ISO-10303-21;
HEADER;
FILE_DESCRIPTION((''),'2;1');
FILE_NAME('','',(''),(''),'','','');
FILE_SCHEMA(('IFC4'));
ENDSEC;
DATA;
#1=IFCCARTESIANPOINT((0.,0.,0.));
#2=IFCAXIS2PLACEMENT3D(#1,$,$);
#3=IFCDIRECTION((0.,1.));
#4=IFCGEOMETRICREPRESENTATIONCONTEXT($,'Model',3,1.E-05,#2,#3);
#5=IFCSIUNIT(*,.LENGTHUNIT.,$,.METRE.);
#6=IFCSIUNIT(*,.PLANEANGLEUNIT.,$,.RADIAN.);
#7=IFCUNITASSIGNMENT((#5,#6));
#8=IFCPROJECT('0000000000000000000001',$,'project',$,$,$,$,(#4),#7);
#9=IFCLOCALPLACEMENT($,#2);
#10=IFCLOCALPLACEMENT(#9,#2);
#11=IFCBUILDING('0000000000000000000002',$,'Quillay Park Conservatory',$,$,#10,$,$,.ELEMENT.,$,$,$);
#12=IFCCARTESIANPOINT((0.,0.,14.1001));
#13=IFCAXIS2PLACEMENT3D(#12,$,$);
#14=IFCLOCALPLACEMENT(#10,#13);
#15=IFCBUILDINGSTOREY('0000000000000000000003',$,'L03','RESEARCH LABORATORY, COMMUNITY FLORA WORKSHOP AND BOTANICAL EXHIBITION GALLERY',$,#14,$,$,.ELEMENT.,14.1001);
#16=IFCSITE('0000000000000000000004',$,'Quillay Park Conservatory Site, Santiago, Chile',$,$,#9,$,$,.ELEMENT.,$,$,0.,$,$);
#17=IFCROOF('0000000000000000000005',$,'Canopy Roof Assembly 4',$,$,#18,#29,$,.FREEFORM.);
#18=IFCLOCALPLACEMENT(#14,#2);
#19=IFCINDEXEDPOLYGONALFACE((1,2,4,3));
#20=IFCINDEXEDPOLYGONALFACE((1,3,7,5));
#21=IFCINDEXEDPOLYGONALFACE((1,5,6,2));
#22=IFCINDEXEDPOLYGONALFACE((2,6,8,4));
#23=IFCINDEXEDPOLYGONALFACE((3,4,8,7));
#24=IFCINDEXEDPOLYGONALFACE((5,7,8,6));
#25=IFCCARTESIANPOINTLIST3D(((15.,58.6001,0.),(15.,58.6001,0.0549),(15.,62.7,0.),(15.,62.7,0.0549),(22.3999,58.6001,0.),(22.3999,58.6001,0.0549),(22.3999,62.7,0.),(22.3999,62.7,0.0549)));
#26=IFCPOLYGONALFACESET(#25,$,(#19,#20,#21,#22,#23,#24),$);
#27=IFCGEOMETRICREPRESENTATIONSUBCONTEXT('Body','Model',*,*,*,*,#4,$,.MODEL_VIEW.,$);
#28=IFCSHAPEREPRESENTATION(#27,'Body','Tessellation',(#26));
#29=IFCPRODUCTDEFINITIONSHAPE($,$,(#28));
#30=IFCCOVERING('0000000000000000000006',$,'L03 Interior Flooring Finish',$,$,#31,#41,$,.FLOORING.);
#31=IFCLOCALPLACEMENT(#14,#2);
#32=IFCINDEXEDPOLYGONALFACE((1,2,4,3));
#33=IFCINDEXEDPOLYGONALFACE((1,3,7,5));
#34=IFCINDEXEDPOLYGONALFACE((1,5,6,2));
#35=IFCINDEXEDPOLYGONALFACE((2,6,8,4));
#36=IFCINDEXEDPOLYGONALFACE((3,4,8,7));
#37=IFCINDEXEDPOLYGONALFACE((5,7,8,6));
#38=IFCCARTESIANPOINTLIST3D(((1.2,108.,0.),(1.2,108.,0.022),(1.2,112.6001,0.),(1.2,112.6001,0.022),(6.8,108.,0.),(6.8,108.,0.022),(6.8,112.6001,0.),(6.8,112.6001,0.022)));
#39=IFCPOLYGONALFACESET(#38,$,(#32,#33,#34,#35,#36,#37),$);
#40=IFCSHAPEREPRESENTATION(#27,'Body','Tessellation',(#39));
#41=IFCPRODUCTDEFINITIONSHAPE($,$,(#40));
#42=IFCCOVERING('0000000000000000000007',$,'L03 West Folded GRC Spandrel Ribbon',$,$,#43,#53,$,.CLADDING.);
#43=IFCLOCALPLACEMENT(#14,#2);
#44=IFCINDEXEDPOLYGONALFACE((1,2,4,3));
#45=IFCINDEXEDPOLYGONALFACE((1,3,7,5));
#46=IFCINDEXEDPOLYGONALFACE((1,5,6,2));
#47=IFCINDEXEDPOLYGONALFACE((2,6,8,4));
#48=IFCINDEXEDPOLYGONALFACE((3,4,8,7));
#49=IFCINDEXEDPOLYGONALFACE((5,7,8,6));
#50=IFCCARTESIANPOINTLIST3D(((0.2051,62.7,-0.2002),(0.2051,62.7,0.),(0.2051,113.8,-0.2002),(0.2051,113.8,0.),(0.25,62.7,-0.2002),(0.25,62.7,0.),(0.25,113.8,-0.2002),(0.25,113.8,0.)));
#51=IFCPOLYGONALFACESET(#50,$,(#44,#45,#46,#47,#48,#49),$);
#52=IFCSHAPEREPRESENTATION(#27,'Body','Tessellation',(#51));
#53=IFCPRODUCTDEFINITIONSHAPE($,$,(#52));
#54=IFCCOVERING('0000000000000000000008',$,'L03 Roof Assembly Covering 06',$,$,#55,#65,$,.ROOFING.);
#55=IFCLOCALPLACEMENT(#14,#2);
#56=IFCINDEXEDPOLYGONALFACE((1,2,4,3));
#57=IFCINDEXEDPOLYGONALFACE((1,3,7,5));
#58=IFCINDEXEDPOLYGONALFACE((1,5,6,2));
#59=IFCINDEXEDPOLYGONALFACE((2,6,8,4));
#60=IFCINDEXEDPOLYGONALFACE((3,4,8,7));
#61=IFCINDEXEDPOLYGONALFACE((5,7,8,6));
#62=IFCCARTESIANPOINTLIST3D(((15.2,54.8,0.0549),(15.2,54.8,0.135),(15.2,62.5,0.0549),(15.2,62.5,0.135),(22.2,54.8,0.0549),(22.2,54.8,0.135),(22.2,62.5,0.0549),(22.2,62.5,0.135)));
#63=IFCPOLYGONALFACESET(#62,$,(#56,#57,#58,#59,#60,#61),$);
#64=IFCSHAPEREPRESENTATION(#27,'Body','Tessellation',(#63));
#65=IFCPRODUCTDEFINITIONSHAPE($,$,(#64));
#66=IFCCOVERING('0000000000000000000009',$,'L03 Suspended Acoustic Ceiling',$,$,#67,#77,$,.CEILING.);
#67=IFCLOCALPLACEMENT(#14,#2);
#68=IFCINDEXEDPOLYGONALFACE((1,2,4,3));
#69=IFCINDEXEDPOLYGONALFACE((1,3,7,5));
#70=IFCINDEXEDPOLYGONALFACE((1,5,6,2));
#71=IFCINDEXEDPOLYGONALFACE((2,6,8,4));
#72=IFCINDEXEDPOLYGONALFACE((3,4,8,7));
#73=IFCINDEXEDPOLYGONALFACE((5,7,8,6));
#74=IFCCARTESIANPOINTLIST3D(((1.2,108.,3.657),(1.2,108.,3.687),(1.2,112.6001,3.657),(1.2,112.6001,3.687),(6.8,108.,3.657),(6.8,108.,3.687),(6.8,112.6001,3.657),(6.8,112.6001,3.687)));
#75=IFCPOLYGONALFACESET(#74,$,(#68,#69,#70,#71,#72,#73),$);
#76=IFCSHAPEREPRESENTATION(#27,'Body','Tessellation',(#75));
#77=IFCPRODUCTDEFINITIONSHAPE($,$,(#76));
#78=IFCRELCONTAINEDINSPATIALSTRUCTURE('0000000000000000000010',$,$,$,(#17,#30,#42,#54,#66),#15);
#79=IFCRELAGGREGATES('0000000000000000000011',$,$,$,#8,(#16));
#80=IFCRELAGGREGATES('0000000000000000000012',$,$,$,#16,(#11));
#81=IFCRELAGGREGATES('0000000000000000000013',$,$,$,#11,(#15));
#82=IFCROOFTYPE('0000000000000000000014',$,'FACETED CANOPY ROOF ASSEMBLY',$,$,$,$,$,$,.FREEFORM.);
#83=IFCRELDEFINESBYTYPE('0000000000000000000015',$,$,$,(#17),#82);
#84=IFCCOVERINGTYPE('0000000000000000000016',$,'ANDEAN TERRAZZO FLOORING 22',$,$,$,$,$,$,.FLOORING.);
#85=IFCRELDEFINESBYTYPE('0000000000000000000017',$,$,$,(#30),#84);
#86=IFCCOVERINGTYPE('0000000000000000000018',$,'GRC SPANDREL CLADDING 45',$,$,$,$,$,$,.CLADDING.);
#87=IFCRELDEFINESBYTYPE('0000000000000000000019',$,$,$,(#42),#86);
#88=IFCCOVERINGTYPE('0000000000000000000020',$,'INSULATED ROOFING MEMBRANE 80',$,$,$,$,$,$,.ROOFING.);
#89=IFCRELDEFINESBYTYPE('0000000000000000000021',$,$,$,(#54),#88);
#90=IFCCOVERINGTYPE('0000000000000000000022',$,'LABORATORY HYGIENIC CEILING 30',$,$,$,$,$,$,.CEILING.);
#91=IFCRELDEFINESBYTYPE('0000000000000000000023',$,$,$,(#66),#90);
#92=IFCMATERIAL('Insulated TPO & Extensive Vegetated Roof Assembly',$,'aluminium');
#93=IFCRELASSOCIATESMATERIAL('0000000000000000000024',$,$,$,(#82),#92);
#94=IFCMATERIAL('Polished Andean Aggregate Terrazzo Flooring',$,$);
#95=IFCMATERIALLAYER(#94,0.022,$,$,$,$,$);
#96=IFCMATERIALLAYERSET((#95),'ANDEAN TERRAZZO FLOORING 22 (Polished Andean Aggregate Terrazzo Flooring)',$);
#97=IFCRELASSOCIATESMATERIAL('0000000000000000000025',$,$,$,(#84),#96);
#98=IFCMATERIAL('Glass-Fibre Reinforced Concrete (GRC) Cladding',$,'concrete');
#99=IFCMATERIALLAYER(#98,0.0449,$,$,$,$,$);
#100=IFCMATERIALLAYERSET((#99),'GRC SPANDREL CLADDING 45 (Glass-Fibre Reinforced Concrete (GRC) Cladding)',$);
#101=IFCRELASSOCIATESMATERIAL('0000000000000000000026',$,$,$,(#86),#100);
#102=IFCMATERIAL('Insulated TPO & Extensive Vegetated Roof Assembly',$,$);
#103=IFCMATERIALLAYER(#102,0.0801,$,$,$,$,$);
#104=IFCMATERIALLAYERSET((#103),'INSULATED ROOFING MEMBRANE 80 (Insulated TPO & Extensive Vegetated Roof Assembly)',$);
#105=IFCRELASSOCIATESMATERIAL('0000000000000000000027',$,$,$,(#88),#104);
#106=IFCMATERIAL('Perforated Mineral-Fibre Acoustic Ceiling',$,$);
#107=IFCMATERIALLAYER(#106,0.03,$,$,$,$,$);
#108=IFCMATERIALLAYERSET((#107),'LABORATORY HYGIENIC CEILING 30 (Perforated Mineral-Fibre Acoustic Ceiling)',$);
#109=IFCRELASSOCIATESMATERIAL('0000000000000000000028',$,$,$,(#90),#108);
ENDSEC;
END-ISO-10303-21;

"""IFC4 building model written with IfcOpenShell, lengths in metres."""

from ifc_helpers import new_model, si_unit, direction, frame, origin, place, context, subcontext, project, spatial, polyline, outline, extrude, material, layer, layer_set, type_object, element, save


model = new_model("IFC4")

# Units and contexts
model_context = context("Model", 3, precision=1e-05, world=origin(), true_north=direction((0.0, 1.0)))
body_context = subcontext(model_context, "Body", "Model", "MODEL_VIEW")
ifc_project = project(units=[si_unit("LENGTHUNIT", "METRE"), si_unit("PLANEANGLEUNIT", "RADIAN")], contexts=[model_context])

# Site, building, storey
site_placement = place(None, origin())
site = spatial("IfcSite", under=ifc_project, at=site_placement, Name="Quillay Park Conservatory Site, Santiago, Chile", CompositionType="ELEMENT", RefElevation=0.0)
building_placement = place(site_placement, origin())
building = spatial("IfcBuilding", under=site, at=building_placement, Name="Quillay Park Conservatory", CompositionType="ELEMENT")
storey_placement = place(building_placement, frame((0.0, 0.0, 14.1001)))
storey = spatial("IfcBuildingStorey", under=building, at=storey_placement, Name="L03", Description="RESEARCH LABORATORY, COMMUNITY FLORA WORKSHOP AND BOTANICAL EXHIBITION GALLERY", CompositionType="ELEMENT", Elevation=14.1001)

# Roof
ifc_material_1 = material(Name="Insulated TPO & Extensive Vegetated Roof Assembly", Category="aluminium")
roof_type = type_object("IfcRoofType", Name="FACETED CANOPY ROOF ASSEMBLY", PredefinedType="FREEFORM", material=ifc_material_1)
roof_1_placement = place(storey_placement, origin())
element("IfcRoof", 1, at=roof_1_placement, inside=storey, type_object=roof_type, Name="Canopy Roof Assembly 4", PredefinedType="FREEFORM", context=body_context, shape_type="SweptSolid", body=[
    extrude(outline(polyline([(15.0, 58.6001), (22.3999, 58.6001), (22.3999, 62.7), (15.0, 62.7), (15.0, 58.6001)])), origin(), (0.0, 0.0, 1.0), 0.0549),
])

# Coverings
ifc_material_2 = material(Name="Polished Andean Aggregate Terrazzo Flooring")
ifc_layer_1 = layer(ifc_material_2, 0.022)
ifc_layer_set_1 = layer_set([ifc_layer_1], Name="ANDEAN TERRAZZO FLOORING 22 (Polished Andean Aggregate Terrazzo Flooring)")
covering_type_1 = type_object("IfcCoveringType", Name="ANDEAN TERRAZZO FLOORING 22", PredefinedType="FLOORING", material=ifc_layer_set_1)
covering_1_placement = place(storey_placement, origin())
element("IfcCovering", 2, at=covering_1_placement, inside=storey, type_object=covering_type_1, Name="L03 Interior Flooring Finish", PredefinedType="FLOORING", context=body_context, shape_type="SweptSolid", body=[
    extrude(outline(polyline([(1.2, 108.0), (6.8, 108.0), (6.8, 112.6001), (1.2, 112.6001), (1.2, 108.0)])), origin(), (0.0, 0.0, 1.0), 0.022),
])
ifc_material_3 = material(Name="Glass-Fibre Reinforced Concrete (GRC) Cladding", Category="concrete")
ifc_layer_2 = layer(ifc_material_3, 0.0449)
ifc_layer_set_2 = layer_set([ifc_layer_2], Name="GRC SPANDREL CLADDING 45 (Glass-Fibre Reinforced Concrete (GRC) Cladding)")
covering_type_2 = type_object("IfcCoveringType", Name="GRC SPANDREL CLADDING 45", PredefinedType="CLADDING", material=ifc_layer_set_2)
covering_2_placement = place(storey_placement, frame((0.0, 0.0, -0.2002)))
element("IfcCovering", 3, at=covering_2_placement, inside=storey, type_object=covering_type_2, Name="L03 West Folded GRC Spandrel Ribbon", PredefinedType="CLADDING", context=body_context, shape_type="SweptSolid", body=[
    extrude(outline(polyline([(0.2051, 62.7), (0.25, 62.7), (0.25, 113.8), (0.2051, 113.8), (0.2051, 62.7)])), origin(), (0.0, 0.0, 1.0), 0.2002),
])
ifc_material_4 = material(Name="Insulated TPO & Extensive Vegetated Roof Assembly")
ifc_layer_3 = layer(ifc_material_4, 0.0801)
ifc_layer_set_3 = layer_set([ifc_layer_3], Name="INSULATED ROOFING MEMBRANE 80 (Insulated TPO & Extensive Vegetated Roof Assembly)")
covering_type_3 = type_object("IfcCoveringType", Name="INSULATED ROOFING MEMBRANE 80", PredefinedType="ROOFING", material=ifc_layer_set_3)
covering_3_placement = place(storey_placement, frame((0.0, 0.0, 0.0549)))
element("IfcCovering", 4, at=covering_3_placement, inside=storey, type_object=covering_type_3, Name="L03 Roof Assembly Covering 06", PredefinedType="ROOFING", context=body_context, shape_type="SweptSolid", body=[
    extrude(outline(polyline([(15.2, 54.8), (22.2, 54.8), (22.2, 62.5), (15.2, 62.5), (15.2, 54.8)])), origin(), (0.0, 0.0, 1.0), 0.0801),
])
ifc_material_5 = material(Name="Perforated Mineral-Fibre Acoustic Ceiling")
ifc_layer_4 = layer(ifc_material_5, 0.03)
ifc_layer_set_4 = layer_set([ifc_layer_4], Name="LABORATORY HYGIENIC CEILING 30 (Perforated Mineral-Fibre Acoustic Ceiling)")
covering_type_4 = type_object("IfcCoveringType", Name="LABORATORY HYGIENIC CEILING 30", PredefinedType="CEILING", material=ifc_layer_set_4)
covering_4_placement = place(storey_placement, frame((0.0, 0.0, 3.657)))
element("IfcCovering", 5, at=covering_4_placement, inside=storey, type_object=covering_type_4, Name="L03 Suspended Acoustic Ceiling", PredefinedType="CEILING", context=body_context, shape_type="SweptSolid", body=[
    extrude(outline(polyline([(1.2, 108.0), (6.8, 108.0), (6.8, 112.6001), (1.2, 112.6001), (1.2, 108.0)])), origin(), (0.0, 0.0, 1.0), 0.03),
])

save(model, "model.ifc")
